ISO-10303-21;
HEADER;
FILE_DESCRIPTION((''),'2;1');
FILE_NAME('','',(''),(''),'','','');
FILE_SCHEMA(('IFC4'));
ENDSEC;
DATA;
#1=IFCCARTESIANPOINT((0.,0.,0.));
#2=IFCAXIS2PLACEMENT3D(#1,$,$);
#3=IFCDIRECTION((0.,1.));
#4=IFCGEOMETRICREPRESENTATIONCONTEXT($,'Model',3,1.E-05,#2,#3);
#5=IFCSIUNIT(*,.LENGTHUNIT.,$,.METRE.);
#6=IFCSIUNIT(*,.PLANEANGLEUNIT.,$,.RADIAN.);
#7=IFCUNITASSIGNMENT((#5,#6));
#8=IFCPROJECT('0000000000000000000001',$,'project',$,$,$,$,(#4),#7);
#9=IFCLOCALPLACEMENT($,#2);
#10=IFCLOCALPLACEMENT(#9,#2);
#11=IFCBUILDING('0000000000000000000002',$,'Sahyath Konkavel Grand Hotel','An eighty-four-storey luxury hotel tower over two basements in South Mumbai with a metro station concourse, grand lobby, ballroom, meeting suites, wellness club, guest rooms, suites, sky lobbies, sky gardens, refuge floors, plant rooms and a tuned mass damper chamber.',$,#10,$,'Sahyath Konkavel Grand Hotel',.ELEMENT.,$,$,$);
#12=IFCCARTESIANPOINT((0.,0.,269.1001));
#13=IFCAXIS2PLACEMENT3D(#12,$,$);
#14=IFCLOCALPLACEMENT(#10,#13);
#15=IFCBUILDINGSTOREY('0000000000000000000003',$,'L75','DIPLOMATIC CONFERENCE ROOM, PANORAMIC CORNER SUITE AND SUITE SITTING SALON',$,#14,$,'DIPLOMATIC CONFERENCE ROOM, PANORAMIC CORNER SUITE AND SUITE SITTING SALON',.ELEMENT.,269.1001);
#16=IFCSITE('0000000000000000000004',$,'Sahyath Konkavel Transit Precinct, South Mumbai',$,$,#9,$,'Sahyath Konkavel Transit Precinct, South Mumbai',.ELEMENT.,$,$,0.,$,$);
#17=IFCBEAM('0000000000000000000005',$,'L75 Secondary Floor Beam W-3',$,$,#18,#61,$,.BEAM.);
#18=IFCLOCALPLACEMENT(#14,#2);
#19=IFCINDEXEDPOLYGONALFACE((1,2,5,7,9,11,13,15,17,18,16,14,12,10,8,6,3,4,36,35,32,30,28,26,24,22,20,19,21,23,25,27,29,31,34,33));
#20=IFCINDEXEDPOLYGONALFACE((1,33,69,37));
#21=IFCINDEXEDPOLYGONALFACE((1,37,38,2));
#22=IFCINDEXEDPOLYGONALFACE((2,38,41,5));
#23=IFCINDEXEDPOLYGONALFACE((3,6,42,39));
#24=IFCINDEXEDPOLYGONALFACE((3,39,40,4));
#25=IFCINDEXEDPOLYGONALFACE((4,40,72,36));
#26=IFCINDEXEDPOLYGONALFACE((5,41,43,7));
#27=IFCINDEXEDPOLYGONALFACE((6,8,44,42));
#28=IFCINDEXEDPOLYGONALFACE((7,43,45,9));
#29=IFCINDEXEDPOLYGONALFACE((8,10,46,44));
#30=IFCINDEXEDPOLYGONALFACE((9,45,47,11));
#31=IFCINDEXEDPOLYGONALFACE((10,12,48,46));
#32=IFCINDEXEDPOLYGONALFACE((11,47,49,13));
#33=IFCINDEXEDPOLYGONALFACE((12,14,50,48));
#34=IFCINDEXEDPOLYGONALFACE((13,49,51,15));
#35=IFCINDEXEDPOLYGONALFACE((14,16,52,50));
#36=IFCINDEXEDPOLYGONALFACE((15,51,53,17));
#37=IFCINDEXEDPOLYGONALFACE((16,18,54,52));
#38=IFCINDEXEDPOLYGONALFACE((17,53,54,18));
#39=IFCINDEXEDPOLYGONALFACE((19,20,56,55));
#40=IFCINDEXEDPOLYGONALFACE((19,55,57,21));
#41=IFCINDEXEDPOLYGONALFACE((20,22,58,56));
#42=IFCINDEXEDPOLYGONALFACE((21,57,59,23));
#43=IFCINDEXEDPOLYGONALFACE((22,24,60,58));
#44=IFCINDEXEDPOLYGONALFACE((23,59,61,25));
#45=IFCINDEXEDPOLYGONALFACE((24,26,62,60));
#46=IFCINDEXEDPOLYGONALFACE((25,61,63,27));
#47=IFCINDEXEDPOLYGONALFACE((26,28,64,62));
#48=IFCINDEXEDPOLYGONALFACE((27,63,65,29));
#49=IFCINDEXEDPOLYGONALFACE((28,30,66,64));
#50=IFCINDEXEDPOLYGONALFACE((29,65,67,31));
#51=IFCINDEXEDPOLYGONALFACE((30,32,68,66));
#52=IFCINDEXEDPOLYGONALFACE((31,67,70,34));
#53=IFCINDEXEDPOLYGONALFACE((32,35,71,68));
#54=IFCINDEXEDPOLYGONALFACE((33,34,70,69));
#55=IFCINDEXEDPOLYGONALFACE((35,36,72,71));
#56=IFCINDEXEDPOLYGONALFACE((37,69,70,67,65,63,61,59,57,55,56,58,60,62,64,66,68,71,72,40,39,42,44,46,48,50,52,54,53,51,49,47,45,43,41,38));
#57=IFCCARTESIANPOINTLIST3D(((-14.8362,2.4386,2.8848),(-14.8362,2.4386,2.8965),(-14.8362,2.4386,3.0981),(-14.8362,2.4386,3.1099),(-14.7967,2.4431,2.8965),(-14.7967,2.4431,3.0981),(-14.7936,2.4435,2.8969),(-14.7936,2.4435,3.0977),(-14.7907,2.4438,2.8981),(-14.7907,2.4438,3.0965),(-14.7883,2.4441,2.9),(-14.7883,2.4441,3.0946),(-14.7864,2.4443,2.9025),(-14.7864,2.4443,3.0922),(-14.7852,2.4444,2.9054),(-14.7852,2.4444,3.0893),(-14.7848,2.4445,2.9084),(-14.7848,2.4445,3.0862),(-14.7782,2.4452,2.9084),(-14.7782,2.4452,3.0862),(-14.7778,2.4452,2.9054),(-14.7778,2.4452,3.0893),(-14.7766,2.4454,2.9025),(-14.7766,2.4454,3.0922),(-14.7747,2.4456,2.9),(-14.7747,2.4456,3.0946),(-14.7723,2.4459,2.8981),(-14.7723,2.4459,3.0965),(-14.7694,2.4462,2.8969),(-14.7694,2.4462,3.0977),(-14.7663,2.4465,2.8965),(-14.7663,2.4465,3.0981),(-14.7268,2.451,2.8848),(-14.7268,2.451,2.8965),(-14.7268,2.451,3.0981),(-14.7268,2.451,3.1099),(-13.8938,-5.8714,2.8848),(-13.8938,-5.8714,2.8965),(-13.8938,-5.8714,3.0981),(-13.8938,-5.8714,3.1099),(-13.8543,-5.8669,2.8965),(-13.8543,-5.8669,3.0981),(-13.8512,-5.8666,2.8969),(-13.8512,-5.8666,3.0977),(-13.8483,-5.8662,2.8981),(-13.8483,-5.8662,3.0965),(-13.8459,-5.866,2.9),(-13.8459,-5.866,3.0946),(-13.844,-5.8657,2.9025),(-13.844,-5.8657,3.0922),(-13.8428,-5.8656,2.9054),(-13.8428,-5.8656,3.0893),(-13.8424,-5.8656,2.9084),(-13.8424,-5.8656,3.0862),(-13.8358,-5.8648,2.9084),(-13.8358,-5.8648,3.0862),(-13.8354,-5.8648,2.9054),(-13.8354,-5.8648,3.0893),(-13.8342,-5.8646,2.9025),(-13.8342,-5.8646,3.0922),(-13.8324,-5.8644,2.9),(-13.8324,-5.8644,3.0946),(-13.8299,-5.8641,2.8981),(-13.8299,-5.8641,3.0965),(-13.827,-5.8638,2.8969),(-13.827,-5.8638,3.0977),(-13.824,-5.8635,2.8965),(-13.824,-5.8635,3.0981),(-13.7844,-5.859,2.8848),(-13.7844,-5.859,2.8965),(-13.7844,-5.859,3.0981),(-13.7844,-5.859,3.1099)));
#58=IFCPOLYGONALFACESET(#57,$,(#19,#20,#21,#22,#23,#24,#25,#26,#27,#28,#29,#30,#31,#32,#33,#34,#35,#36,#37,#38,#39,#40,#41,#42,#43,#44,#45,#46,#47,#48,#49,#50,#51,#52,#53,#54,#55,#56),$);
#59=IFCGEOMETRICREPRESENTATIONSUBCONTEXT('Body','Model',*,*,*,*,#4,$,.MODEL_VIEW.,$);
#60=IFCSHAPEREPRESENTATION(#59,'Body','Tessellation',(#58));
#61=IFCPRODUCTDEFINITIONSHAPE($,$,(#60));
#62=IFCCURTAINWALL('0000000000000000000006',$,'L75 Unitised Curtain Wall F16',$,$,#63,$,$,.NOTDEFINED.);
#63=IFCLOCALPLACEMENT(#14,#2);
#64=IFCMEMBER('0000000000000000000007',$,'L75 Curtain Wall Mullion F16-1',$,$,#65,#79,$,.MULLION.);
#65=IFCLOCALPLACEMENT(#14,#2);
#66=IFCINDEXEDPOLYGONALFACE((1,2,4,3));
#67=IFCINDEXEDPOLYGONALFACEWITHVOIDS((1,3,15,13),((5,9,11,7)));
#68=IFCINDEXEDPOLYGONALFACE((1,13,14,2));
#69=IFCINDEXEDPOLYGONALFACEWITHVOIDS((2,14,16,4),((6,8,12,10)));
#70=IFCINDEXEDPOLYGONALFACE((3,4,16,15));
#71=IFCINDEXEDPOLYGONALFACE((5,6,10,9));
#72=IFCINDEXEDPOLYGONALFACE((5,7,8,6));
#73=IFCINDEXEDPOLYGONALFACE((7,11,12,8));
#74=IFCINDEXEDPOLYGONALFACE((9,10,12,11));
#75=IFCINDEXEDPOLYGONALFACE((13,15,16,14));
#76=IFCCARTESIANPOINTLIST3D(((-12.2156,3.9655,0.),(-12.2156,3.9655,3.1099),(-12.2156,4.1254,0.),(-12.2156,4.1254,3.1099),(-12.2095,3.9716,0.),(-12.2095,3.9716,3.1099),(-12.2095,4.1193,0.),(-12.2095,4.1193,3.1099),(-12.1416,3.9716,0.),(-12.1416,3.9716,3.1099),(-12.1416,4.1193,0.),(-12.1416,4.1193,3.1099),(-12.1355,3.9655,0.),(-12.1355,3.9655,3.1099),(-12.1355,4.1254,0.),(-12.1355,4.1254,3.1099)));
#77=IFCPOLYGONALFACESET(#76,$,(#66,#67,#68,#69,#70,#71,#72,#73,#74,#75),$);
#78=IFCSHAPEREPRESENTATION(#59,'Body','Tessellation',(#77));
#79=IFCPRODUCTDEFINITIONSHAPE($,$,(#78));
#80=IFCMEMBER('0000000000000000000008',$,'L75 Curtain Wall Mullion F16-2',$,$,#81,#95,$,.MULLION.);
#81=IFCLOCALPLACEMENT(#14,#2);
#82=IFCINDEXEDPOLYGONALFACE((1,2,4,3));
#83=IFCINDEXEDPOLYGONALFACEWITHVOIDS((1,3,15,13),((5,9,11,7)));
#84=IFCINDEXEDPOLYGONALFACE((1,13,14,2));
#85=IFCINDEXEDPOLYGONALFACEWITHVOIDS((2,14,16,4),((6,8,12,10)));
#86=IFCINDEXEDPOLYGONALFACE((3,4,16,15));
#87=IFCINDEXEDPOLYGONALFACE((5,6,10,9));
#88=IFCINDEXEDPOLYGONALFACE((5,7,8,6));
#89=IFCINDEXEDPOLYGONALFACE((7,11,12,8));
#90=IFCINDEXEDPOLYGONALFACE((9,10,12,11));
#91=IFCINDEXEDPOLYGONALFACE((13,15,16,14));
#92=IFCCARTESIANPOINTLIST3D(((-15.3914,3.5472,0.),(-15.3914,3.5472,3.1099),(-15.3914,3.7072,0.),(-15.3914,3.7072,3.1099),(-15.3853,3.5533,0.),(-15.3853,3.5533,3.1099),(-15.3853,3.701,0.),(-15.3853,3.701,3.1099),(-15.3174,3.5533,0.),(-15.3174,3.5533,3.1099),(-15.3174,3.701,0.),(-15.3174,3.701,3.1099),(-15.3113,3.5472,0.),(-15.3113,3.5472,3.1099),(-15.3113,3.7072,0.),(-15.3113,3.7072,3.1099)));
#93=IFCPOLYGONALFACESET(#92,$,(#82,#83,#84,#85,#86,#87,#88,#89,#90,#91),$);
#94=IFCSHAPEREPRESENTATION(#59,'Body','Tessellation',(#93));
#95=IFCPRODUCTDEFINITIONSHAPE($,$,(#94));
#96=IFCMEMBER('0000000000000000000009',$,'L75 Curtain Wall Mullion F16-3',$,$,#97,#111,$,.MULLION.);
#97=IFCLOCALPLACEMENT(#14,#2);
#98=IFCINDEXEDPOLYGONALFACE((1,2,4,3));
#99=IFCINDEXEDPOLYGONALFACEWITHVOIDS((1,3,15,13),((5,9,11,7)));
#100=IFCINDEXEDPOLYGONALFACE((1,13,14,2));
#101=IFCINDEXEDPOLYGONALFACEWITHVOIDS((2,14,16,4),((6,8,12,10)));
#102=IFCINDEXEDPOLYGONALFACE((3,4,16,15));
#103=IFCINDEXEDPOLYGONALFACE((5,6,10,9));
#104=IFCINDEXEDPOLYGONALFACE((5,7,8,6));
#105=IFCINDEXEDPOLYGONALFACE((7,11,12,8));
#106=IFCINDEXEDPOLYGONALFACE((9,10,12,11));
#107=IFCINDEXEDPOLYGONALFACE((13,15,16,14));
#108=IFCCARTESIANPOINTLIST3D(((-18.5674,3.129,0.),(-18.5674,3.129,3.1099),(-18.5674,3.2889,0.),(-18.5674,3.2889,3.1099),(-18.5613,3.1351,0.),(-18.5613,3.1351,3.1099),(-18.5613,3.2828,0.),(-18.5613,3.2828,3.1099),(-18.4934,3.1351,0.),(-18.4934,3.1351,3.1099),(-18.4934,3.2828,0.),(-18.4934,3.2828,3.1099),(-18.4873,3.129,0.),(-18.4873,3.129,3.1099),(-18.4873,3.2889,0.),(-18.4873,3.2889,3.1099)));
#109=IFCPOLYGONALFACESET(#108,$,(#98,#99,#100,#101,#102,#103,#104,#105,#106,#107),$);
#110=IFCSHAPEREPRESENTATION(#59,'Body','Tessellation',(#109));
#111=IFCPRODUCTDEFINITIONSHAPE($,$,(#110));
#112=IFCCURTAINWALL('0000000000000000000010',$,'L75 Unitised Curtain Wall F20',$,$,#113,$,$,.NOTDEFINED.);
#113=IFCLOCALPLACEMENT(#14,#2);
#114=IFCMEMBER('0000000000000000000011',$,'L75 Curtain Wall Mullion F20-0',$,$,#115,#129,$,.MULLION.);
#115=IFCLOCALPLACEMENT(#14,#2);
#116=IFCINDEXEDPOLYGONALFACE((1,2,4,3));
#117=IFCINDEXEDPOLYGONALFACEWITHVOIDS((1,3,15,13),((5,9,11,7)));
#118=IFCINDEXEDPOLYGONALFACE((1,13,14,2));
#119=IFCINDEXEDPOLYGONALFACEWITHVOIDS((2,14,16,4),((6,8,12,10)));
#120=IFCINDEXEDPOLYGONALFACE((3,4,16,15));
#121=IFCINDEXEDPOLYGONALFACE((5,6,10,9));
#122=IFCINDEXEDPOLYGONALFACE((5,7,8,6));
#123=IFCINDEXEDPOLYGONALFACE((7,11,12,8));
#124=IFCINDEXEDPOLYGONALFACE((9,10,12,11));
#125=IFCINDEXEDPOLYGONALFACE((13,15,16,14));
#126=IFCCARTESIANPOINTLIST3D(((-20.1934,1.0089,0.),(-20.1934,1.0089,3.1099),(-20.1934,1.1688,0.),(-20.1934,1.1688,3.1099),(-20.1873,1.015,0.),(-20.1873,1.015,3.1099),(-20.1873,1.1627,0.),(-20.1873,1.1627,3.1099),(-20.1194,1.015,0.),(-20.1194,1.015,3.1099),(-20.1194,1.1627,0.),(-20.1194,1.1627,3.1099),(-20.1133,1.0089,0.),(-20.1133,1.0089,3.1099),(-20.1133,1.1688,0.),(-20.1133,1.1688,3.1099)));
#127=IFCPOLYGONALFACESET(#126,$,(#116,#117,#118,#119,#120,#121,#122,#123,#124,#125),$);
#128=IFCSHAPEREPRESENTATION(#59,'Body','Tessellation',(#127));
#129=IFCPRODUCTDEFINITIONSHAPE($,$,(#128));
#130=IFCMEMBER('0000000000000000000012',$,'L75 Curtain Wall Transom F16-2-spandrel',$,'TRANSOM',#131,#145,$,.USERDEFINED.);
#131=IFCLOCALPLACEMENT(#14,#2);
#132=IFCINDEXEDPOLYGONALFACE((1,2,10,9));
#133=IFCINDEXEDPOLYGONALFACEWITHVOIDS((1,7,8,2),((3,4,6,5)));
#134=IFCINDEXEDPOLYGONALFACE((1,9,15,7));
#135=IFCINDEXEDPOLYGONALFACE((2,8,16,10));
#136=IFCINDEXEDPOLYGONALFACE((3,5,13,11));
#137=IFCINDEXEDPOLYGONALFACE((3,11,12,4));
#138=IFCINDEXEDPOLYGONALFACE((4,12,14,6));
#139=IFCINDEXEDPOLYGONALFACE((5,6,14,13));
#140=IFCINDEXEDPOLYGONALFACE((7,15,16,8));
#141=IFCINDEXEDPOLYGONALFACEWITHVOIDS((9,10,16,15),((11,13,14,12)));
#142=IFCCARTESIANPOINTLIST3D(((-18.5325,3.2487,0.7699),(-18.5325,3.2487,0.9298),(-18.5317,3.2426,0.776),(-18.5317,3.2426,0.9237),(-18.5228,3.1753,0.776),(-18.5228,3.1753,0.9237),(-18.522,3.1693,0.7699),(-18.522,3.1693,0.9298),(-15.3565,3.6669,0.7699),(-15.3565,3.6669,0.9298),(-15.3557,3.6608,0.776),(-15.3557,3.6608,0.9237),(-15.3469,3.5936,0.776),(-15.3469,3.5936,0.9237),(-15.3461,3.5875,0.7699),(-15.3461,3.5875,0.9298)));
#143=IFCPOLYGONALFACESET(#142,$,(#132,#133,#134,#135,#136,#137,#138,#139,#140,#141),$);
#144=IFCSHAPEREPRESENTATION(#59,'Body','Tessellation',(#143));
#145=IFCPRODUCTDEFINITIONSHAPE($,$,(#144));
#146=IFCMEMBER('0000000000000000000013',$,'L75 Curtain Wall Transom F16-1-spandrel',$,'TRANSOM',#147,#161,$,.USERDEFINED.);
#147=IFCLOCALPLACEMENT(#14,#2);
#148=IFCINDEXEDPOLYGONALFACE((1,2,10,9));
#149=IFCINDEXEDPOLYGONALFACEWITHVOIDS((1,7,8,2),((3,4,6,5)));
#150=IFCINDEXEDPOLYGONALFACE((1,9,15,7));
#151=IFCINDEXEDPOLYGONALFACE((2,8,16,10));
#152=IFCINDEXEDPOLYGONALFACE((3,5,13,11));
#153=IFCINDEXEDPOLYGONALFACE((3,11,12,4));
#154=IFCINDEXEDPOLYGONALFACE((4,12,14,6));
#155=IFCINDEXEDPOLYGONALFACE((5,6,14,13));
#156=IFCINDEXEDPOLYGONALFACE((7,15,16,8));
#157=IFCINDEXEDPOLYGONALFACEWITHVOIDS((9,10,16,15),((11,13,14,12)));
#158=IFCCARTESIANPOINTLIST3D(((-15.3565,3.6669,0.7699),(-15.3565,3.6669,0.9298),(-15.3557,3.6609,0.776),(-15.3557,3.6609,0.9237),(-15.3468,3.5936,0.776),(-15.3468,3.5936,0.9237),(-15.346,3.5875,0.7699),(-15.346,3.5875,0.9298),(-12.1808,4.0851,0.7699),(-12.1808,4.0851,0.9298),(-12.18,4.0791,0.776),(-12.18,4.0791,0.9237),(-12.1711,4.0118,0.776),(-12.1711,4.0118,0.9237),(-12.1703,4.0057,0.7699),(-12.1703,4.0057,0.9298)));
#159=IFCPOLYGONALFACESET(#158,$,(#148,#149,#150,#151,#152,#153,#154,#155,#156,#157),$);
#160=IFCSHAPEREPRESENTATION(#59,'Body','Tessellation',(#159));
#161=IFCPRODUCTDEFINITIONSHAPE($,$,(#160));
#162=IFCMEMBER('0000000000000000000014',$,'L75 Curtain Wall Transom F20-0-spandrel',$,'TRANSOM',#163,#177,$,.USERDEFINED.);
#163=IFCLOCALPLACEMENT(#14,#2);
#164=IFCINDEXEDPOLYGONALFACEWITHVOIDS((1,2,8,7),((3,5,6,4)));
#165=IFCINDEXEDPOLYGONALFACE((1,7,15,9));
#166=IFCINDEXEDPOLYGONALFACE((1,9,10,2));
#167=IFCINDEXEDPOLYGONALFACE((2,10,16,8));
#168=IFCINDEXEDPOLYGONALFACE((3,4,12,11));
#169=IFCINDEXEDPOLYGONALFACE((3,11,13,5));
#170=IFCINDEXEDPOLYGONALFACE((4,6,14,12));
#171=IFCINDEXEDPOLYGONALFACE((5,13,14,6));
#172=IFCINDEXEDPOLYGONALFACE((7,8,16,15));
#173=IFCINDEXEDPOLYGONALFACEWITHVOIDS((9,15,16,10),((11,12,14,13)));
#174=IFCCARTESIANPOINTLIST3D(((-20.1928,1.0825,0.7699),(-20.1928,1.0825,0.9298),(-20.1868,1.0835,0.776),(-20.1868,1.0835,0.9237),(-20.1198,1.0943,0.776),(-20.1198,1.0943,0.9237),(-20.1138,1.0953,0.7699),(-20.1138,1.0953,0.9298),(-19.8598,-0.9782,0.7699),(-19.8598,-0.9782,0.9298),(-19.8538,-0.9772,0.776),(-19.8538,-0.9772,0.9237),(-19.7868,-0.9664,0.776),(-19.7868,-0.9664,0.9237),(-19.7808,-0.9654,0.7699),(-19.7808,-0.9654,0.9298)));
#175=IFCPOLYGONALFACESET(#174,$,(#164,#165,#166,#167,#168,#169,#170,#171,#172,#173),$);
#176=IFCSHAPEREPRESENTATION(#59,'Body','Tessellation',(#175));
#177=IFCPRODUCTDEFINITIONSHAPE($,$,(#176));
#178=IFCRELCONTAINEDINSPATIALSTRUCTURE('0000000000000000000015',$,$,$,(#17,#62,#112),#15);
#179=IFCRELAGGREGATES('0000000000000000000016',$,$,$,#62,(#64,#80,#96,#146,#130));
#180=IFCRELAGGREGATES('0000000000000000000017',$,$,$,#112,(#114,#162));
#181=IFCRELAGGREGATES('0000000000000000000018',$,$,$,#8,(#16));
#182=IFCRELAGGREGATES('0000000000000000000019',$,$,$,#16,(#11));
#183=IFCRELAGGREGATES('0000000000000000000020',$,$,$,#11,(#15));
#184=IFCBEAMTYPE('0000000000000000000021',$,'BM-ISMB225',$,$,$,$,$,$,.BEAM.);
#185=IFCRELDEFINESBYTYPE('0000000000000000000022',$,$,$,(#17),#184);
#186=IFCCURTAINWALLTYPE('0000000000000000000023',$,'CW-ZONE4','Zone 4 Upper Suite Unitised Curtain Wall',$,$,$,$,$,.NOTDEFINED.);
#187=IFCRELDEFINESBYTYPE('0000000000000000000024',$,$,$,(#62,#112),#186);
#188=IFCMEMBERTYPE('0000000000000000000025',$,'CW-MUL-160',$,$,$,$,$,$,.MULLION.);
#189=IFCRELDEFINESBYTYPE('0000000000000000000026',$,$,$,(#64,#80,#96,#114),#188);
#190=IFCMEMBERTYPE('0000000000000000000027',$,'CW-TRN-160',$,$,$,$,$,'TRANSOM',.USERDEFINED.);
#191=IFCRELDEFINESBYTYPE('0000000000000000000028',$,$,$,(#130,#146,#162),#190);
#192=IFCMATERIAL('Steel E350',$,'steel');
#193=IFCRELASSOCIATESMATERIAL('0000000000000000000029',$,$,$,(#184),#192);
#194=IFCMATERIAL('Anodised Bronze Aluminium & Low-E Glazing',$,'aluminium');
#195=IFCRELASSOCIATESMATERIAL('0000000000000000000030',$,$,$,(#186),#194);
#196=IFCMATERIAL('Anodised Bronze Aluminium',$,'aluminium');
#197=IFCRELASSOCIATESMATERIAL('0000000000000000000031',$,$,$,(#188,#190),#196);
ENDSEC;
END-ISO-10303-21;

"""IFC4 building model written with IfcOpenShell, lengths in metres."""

from ifc_helpers import new_model, si_unit, direction, frame, origin, origin_2d, place, context, subcontext, project, spatial, hollow_rectangle, i_section, extrude, source, transform, mapped, material, material_profile, profile_set, type_object, element, aggregate, save


model = new_model("IFC4")

# Units and contexts
model_context = context("Model", 3, precision=1e-05, world=origin(), true_north=direction((0.0, 1.0)))
body_context = subcontext(model_context, "Body", "Model", "MODEL_VIEW")
ifc_project = project(units=[si_unit("LENGTHUNIT", "METRE"), si_unit("PLANEANGLEUNIT", "RADIAN")], contexts=[model_context])

# Site, building, storey
site_placement = place(None, origin())
site = spatial("IfcSite", under=ifc_project, at=site_placement, Name="Sahyath Konkavel Transit Precinct, South Mumbai", LongName="Sahyath Konkavel Transit Precinct, South Mumbai", CompositionType="ELEMENT", RefElevation=0.0)
building_placement = place(site_placement, origin())
building = spatial("IfcBuilding", under=site, at=building_placement, Name="Sahyath Konkavel Grand Hotel", Description="An eighty-four-storey luxury hotel tower over two basements in South Mumbai with a metro station concourse, grand lobby, ballroom, meeting suites, wellness club, guest rooms, suites, sky lobbies, sky gardens, refuge floors, plant rooms and a tuned mass damper chamber.", LongName="Sahyath Konkavel Grand Hotel", CompositionType="ELEMENT")
storey_placement = place(building_placement, frame((0.0, 0.0, 269.1001)))
storey = spatial("IfcBuildingStorey", under=building, at=storey_placement, Name="L75", Description="DIPLOMATIC CONFERENCE ROOM, PANORAMIC CORNER SUITE AND SUITE SITTING SALON", LongName="DIPLOMATIC CONFERENCE ROOM, PANORAMIC CORNER SUITE AND SUITE SITTING SALON", CompositionType="ELEMENT", Elevation=269.1001)

# Beam
ifc_material_1 = material(Name="Steel E350", Category="steel")
ifc_material_profile_1 = material_profile(ifc_material_1, i_section(OverallWidth=0.1101, OverallDepth=0.2251, WebThickness=0.0066, FlangeThickness=0.0117, FilletRadius=0.012, at=origin_2d()), Name="ISMB 225")
ifc_profile_set_1 = profile_set([ifc_material_profile_1], Name="Steel E350")
beam_type_1 = type_object("IfcBeamType", Name="BM-ISMB225", PredefinedType="BEAM", material=ifc_profile_set_1)
shared_shape_1 = source(origin(), body_context, "Body", "SweptSolid", [
    extrude(i_section(OverallWidth=0.1101, OverallDepth=0.2251, WebThickness=0.0066, FlangeThickness=0.0117, FilletRadius=0.012, at=origin_2d()), origin(), (0.0, 0.0, 1.0), 8.3633),
])
beam_1_placement = place(storey_placement, frame((-14.7815, 2.4448, 2.9973), z_axis=(0.11268, -0.993631, 0.0), x_axis=(0.993631, 0.11268, 0.0)))
element("IfcBeam", 1, at=beam_1_placement, inside=storey, type_object=beam_type_1, Name="L75 Secondary Floor Beam W-3", PredefinedType="BEAM", context=body_context, shape_type="MappedRepresentation", body=[
    mapped(shared_shape_1, transform((0.0, 0.0, 0.0), scale=1.0)),
])

# Curtain wall, members
ifc_material_2 = material(Name="Anodised Bronze Aluminium & Low-E Glazing", Category="aluminium")
curtain_wall_type = type_object("IfcCurtainWallType", Name="CW-ZONE4", Description="Zone 4 Upper Suite Unitised Curtain Wall", PredefinedType="NOTDEFINED", material=ifc_material_2)
curtain_wall_1_placement = place(storey_placement, origin())
curtain_wall_1 = element("IfcCurtainWall", 2, at=curtain_wall_1_placement, inside=storey, type_object=curtain_wall_type, Name="L75 Unitised Curtain Wall F16", PredefinedType="NOTDEFINED")
ifc_material_3 = material(Name="Anodised Bronze Aluminium", Category="aluminium")
ifc_material_profile_2 = material_profile(ifc_material_3, hollow_rectangle(XDim=0.0801, YDim=0.1599, WallThickness=0.0061, at=origin_2d()), Name="RHS 160x80x6")
ifc_profile_set_2 = profile_set([ifc_material_profile_2], Name="Anodised Bronze Aluminium")
member_type_1 = type_object("IfcMemberType", Name="CW-MUL-160", PredefinedType="MULLION", material=ifc_profile_set_2)
shared_shape_2 = source(origin(), body_context, "Body", "SweptSolid", [
    extrude(hollow_rectangle(XDim=0.0801, YDim=0.1599, WallThickness=0.0061, at=origin_2d()), origin(), (0.0, 0.0, 1.0), 3.1099),
])
member_1_placement = place(storey_placement, frame((-12.1755, 4.0454, 0.0), z_axis=(0.0, 0.0, 1.0), x_axis=(1.0, 0.0, 0.0)))
member_1 = element("IfcMember", 3, at=member_1_placement, type_object=member_type_1, Name="L75 Curtain Wall Mullion F16-1", PredefinedType="MULLION", context=body_context, shape_type="MappedRepresentation", body=[
    mapped(shared_shape_2, transform((0.0, 0.0, 0.0), scale=1.0)),
])
member_2_placement = place(storey_placement, frame((-15.3513, 3.6272, 0.0), z_axis=(0.0, 0.0, 1.0), x_axis=(1.0, 0.0, 0.0)))
member_2 = element("IfcMember", 4, at=member_2_placement, type_object=member_type_1, Name="L75 Curtain Wall Mullion F16-2", PredefinedType="MULLION", context=body_context, shape_type="MappedRepresentation", body=[
    mapped(shared_shape_2, transform((0.0, 0.0, 0.0), scale=1.0)),
])
member_3_placement = place(storey_placement, frame((-18.5273, 3.209, 0.0), z_axis=(0.0, 0.0, 1.0), x_axis=(1.0, 0.0, 0.0)))
member_3 = element("IfcMember", 5, at=member_3_placement, type_object=member_type_1, Name="L75 Curtain Wall Mullion F16-3", PredefinedType="MULLION", context=body_context, shape_type="MappedRepresentation", body=[
    mapped(shared_shape_2, transform((0.0, 0.0, 0.0), scale=1.0)),
])

# Curtain wall, member
curtain_wall_2_placement = place(storey_placement, origin())
curtain_wall_2 = element("IfcCurtainWall", 6, at=curtain_wall_2_placement, inside=storey, type_object=curtain_wall_type, Name="L75 Unitised Curtain Wall F20", PredefinedType="NOTDEFINED")
member_4_placement = place(storey_placement, frame((-20.1533, 1.0889, 0.0), z_axis=(0.0, 0.0, 1.0), x_axis=(1.0, 0.0, 0.0)))
member_4 = element("IfcMember", 7, at=member_4_placement, type_object=member_type_1, Name="L75 Curtain Wall Mullion F20-0", PredefinedType="MULLION", context=body_context, shape_type="MappedRepresentation", body=[
    mapped(shared_shape_2, transform((0.0, 0.0, 0.0), scale=1.0)),
])

# Members
ifc_material_profile_3 = material_profile(ifc_material_3, hollow_rectangle(XDim=0.0801, YDim=0.1599, WallThickness=0.0061, at=origin_2d()), Name="RHS 160x80x6")
ifc_profile_set_3 = profile_set([ifc_material_profile_3], Name="Anodised Bronze Aluminium")
member_type_2 = type_object("IfcMemberType", Name="CW-TRN-160", ElementType="TRANSOM", PredefinedType="USERDEFINED", material=ifc_profile_set_3)
shared_shape_3 = source(origin(), body_context, "Body", "SweptSolid", [
    extrude(hollow_rectangle(XDim=0.0801, YDim=0.1599, WallThickness=0.0061, at=origin_2d()), origin(), (0.0, 0.0, 1.0), 3.2034),
])
member_5_placement = place(storey_placement, frame((-15.3513, 3.6272, 0.8499), z_axis=(-0.991442, -0.130551, 0.0), x_axis=(0.130551, -0.991442, 0.0)))
member_5 = element("IfcMember", 8, at=member_5_placement, type_object=member_type_2, Name="L75 Curtain Wall Transom F16-2-spandrel", ObjectType="TRANSOM", PredefinedType="USERDEFINED", context=body_context, shape_type="MappedRepresentation", body=[
    mapped(shared_shape_3, transform((0.0, 0.0, 0.0), scale=1.0)),
])
shared_shape_4 = source(origin(), body_context, "Body", "SweptSolid", [
    extrude(hollow_rectangle(XDim=0.0801, YDim=0.1599, WallThickness=0.0061, at=origin_2d()), origin(), (0.0, 0.0, 1.0), 3.2031),
])
member_6_placement = place(storey_placement, frame((-12.1755, 4.0454, 0.8499), z_axis=(-0.99144, -0.130561, 0.0), x_axis=(0.130561, -0.99144, 0.0)))
member_6 = element("IfcMember", 9, at=member_6_placement, type_object=member_type_2, Name="L75 Curtain Wall Transom F16-1-spandrel", ObjectType="TRANSOM", PredefinedType="USERDEFINED", context=body_context, shape_type="MappedRepresentation", body=[
    mapped(shared_shape_4, transform((0.0, 0.0, 0.0), scale=1.0)),
])
shared_shape_5 = source(origin(), body_context, "Body", "SweptSolid", [
    extrude(hollow_rectangle(XDim=0.0801, YDim=0.1599, WallThickness=0.0061, at=origin_2d()), origin(), (0.0, 0.0, 1.0), 2.0874),
])
member_7_placement = place(storey_placement, frame((-20.1533, 1.0889, 0.8499), z_axis=(0.159541, -0.987191, 0.0), x_axis=(0.987191, 0.159541, 0.0)))
member_7 = element("IfcMember", 10, at=member_7_placement, type_object=member_type_2, Name="L75 Curtain Wall Transom F20-0-spandrel", ObjectType="TRANSOM", PredefinedType="USERDEFINED", context=body_context, shape_type="MappedRepresentation", body=[
    mapped(shared_shape_5, transform((0.0, 0.0, 0.0), scale=1.0)),
])

aggregate(curtain_wall_1, [member_1, member_2, member_3, member_6, member_5])
aggregate(curtain_wall_2, [member_4, member_7])

save(model, "model.ifc")
